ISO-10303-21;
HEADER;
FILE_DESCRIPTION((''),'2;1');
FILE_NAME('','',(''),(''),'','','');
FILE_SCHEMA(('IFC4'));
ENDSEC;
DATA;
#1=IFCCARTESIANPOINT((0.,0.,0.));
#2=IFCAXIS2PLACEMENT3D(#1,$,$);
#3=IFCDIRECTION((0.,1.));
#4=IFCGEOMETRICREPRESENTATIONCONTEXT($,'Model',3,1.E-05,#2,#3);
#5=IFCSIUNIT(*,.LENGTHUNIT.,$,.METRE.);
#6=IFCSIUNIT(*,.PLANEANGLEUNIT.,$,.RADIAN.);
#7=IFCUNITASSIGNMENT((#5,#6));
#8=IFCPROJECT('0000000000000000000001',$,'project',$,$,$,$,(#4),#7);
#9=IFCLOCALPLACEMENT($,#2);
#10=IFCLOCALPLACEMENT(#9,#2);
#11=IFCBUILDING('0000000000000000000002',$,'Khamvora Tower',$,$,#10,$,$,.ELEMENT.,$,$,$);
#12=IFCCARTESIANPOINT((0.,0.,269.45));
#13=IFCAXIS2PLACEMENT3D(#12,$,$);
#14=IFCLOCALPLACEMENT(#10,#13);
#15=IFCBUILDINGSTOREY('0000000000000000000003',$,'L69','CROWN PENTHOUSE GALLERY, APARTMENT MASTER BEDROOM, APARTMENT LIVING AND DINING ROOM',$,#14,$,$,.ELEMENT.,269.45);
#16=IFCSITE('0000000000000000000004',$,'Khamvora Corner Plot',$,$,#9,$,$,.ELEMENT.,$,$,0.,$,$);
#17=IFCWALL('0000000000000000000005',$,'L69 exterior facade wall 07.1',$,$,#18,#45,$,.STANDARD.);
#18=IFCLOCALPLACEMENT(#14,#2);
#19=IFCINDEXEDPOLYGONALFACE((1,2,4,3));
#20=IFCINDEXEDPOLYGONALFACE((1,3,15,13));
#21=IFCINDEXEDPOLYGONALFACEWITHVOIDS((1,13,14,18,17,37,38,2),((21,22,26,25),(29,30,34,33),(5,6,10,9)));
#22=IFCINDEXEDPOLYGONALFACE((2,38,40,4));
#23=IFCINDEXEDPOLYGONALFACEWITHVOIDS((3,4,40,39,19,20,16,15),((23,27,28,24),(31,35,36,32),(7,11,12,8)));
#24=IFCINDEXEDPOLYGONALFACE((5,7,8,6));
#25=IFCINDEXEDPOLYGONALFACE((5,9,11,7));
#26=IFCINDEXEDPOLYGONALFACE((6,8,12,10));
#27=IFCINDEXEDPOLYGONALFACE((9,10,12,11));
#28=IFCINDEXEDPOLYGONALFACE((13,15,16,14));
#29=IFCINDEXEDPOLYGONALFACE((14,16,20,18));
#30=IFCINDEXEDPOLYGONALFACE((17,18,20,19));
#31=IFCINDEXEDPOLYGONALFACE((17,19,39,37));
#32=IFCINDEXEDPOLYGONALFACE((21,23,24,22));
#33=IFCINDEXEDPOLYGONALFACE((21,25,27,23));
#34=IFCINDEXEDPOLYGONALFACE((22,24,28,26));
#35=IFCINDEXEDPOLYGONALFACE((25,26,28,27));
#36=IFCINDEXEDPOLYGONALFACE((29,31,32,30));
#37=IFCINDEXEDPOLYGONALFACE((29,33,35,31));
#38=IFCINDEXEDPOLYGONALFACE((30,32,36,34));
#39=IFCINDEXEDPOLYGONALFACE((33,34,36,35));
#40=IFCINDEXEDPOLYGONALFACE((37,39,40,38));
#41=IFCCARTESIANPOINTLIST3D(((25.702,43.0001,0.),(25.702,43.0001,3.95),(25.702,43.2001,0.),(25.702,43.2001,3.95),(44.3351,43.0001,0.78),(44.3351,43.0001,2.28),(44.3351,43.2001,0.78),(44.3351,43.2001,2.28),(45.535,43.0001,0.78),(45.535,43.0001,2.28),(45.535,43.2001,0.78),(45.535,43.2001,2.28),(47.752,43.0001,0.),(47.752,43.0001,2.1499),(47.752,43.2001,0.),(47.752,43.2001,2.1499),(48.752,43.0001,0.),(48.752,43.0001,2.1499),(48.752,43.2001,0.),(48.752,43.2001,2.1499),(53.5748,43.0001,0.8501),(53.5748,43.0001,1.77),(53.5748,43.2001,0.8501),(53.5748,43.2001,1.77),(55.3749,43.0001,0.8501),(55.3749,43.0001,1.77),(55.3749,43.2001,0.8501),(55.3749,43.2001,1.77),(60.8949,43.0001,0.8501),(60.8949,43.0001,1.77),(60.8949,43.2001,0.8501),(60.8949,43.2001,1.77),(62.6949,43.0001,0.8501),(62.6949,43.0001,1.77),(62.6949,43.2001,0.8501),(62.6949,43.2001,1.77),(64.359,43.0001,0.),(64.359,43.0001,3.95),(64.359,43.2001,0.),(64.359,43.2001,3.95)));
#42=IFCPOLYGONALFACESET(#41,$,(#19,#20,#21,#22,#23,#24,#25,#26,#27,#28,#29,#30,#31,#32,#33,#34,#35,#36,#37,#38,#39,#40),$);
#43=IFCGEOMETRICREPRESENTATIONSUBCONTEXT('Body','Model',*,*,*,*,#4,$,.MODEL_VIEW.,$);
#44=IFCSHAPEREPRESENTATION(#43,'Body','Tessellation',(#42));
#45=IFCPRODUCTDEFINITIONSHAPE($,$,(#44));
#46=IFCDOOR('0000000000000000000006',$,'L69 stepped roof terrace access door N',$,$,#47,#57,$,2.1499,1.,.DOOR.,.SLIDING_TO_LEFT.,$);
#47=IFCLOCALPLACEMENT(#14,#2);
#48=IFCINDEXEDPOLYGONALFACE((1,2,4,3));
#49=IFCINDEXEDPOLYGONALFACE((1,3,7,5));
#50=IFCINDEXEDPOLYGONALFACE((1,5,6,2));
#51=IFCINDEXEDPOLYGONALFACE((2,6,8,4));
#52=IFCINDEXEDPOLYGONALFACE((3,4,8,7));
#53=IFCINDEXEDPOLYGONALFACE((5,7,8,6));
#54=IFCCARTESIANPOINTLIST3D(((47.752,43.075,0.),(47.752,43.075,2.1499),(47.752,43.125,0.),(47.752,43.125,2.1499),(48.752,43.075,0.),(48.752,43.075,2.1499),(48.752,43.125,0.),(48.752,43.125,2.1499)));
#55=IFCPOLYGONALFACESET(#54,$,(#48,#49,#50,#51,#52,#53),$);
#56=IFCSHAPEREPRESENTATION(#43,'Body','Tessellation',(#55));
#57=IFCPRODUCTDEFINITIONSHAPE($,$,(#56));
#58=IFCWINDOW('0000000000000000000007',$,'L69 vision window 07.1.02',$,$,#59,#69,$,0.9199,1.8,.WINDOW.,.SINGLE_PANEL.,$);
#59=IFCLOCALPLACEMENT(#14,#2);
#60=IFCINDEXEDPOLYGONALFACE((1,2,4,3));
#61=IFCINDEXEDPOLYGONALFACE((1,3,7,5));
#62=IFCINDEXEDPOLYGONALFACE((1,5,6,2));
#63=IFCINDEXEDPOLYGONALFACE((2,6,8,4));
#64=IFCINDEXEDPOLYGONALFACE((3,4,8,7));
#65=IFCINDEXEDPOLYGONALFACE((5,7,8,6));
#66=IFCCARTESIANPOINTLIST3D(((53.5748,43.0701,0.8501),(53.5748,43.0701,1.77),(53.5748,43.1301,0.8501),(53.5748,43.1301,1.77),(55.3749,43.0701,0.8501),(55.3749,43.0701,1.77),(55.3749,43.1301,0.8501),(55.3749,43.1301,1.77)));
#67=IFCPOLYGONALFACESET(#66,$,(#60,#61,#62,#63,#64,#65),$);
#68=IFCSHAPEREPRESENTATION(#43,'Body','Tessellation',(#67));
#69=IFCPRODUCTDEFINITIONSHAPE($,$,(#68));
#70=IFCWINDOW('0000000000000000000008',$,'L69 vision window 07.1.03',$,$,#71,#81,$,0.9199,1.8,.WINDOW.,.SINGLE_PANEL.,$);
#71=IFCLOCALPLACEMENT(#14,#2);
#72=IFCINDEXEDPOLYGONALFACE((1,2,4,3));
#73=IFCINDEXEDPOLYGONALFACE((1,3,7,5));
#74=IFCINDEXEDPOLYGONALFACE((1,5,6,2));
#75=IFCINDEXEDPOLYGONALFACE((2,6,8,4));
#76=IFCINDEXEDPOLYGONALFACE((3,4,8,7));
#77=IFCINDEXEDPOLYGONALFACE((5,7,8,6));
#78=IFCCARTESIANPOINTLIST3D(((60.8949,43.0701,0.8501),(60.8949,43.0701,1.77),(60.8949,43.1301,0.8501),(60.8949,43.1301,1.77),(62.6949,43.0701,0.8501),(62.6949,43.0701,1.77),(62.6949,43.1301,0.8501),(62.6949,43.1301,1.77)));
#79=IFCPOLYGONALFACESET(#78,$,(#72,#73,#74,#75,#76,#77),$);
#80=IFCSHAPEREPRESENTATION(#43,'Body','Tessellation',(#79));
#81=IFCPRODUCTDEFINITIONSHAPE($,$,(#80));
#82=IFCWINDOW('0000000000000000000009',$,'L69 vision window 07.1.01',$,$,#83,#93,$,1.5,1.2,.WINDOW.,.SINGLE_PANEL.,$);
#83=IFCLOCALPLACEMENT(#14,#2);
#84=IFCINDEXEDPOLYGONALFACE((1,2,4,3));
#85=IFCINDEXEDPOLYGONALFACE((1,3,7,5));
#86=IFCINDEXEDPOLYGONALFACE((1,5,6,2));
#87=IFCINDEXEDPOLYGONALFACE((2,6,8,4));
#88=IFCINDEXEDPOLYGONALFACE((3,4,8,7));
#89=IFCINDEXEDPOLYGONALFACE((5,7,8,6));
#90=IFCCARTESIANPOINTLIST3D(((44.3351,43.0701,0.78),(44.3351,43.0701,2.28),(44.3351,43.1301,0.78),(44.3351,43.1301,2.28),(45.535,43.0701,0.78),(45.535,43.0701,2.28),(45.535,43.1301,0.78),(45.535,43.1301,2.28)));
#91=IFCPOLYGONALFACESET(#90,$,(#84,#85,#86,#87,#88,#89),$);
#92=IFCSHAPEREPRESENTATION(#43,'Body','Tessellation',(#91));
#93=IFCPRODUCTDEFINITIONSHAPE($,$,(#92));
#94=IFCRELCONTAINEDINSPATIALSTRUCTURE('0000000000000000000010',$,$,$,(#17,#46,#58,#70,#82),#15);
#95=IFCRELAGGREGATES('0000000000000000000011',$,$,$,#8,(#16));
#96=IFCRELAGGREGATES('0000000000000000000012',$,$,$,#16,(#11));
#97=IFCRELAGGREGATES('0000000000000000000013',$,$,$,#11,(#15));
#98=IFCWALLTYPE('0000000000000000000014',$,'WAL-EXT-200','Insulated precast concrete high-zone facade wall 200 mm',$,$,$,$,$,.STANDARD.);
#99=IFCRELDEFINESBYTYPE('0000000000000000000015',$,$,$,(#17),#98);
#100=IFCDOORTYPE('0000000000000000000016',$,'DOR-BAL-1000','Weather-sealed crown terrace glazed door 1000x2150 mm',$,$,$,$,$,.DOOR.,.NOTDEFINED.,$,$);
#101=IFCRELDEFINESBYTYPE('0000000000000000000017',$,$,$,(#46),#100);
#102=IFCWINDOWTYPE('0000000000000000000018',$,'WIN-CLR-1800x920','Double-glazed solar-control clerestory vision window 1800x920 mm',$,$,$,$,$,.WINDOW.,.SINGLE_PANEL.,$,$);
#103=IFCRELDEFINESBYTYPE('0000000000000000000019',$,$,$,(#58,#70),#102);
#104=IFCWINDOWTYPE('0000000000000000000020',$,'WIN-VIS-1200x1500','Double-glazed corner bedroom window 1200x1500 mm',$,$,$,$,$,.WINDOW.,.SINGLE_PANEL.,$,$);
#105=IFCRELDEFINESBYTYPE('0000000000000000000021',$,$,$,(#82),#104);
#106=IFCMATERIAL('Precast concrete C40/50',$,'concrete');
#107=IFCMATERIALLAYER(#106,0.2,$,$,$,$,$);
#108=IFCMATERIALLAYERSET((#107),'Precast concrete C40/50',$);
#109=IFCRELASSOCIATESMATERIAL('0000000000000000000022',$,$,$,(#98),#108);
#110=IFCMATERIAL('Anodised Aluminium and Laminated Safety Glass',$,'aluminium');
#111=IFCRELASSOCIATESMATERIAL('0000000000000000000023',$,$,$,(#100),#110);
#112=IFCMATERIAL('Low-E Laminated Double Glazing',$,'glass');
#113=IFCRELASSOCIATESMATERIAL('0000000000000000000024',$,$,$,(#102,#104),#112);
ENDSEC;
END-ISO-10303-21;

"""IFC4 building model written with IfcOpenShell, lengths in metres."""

from ifc_helpers import new_model, si_unit, direction, frame, frame_2d, origin, place, context, subcontext, project, spatial, rectangle, extrude, material, layer, layer_set, type_object, element, fill, save


model = new_model("IFC4")

# Units and contexts
model_context = context("Model", 3, precision=1e-05, world=origin(), true_north=direction((0.0, 1.0)))
body_context = subcontext(model_context, "Body", "Model", "MODEL_VIEW")
ifc_project = project(units=[si_unit("LENGTHUNIT", "METRE"), si_unit("PLANEANGLEUNIT", "RADIAN")], contexts=[model_context])

# Site, building, storey
site_placement = place(None, origin())
site = spatial("IfcSite", under=ifc_project, at=site_placement, Name="Khamvora Corner Plot", CompositionType="ELEMENT", RefElevation=0.0)
building_placement = place(site_placement, origin())
building = spatial("IfcBuilding", under=site, at=building_placement, Name="Khamvora Tower", CompositionType="ELEMENT")
storey_placement = place(building_placement, frame((0.0, 0.0, 269.45)))
storey = spatial("IfcBuildingStorey", under=building, at=storey_placement, Name="L69", Description="CROWN PENTHOUSE GALLERY, APARTMENT MASTER BEDROOM, APARTMENT LIVING AND DINING ROOM", CompositionType="ELEMENT", Elevation=269.45)

# Shared definitions
ifc_material_1 = material(Name="Precast concrete C40/50", Category="concrete")
ifc_layer_1 = layer(ifc_material_1, 0.2)
ifc_layer_set_1 = layer_set([ifc_layer_1], Name="Precast concrete C40/50")
wall_type = type_object("IfcWallType", Name="WAL-EXT-200", Description="Insulated precast concrete high-zone facade wall 200 mm", PredefinedType="STANDARD", material=ifc_layer_set_1)

# Wall, openings, door, windows
wall_1_placement = place(storey_placement, frame((25.7019, 43.1001, 0.0), z_axis=(0.0, 0.0, 1.0), x_axis=(1.0, 0.0, 0.0)))
wall_1 = element("IfcWall", 1, at=wall_1_placement, inside=storey, type_object=wall_type, Name="L69 exterior facade wall 07.1", PredefinedType="STANDARD", context=body_context, shape_type="SweptSolid", body=[
    extrude(rectangle(XDim=38.657, YDim=0.2, at=frame_2d((19.3286, 0.0))), origin(), (0.0, 0.0, 1.0), 3.95),
])
opening_1_placement = place(wall_1_placement, frame((22.05, 0.0, 0.0)))
opening_1 = element("IfcOpeningElement", 2, at=opening_1_placement, cuts=wall_1, PredefinedType="OPENING", context=body_context, shape_type="SweptSolid", body=[
    extrude(rectangle(XDim=1.0, YDim=2.1499, at=frame_2d((0.5, 1.075))), frame((0.0, 0.1099, 0.0), z_axis=(0.0, -1.0, 0.0), x_axis=(1.0, 0.0, 0.0)), (0.0, 0.0, 1.0), 0.22),
])
opening_2_placement = place(wall_1_placement, frame((18.6331, 0.0, 0.78)))
opening_2 = element("IfcOpeningElement", 3, at=opening_2_placement, cuts=wall_1, PredefinedType="OPENING", context=body_context, shape_type="SweptSolid", body=[
    extrude(rectangle(XDim=1.2, YDim=1.5, at=frame_2d((0.6001, 0.75))), frame((0.0, 0.1099, 0.0), z_axis=(0.0, -1.0, 0.0), x_axis=(1.0, 0.0, 0.0)), (0.0, 0.0, 1.0), 0.22),
])
opening_3_placement = place(wall_1_placement, frame((27.873, 0.0, 0.8501)))
opening_3 = element("IfcOpeningElement", 4, at=opening_3_placement, cuts=wall_1, PredefinedType="OPENING", context=body_context, shape_type="SweptSolid", body=[
    extrude(rectangle(XDim=1.8, YDim=0.9199, at=frame_2d((0.8999, 0.46))), frame((0.0, 0.1099, 0.0), z_axis=(0.0, -1.0, 0.0), x_axis=(1.0, 0.0, 0.0)), (0.0, 0.0, 1.0), 0.22),
])
opening_4_placement = place(wall_1_placement, frame((35.1931, 0.0, 0.8501)))
opening_4 = element("IfcOpeningElement", 5, at=opening_4_placement, cuts=wall_1, PredefinedType="OPENING", context=body_context, shape_type="SweptSolid", body=[
    extrude(rectangle(XDim=1.8, YDim=0.9199, at=frame_2d((0.8999, 0.46))), frame((0.0, 0.1099, 0.0), z_axis=(0.0, -1.0, 0.0), x_axis=(1.0, 0.0, 0.0)), (0.0, 0.0, 1.0), 0.22),
])
ifc_material_2 = material(Name="Anodised Aluminium and Laminated Safety Glass", Category="aluminium")
door_type = type_object("IfcDoorType", Name="DOR-BAL-1000", Description="Weather-sealed crown terrace glazed door 1000x2150 mm", OperationType="NOTDEFINED", PredefinedType="DOOR", material=ifc_material_2)
door_placement = place(opening_1_placement, origin())
door = element("IfcDoor", 6, at=door_placement, inside=storey, type_object=door_type, Name="L69 stepped roof terrace access door N", OperationType="SLIDING_TO_LEFT", OverallHeight=2.1499, OverallWidth=1.0, PredefinedType="DOOR", context=body_context, shape_type="SweptSolid", body=[
    extrude(rectangle(XDim=1.0, YDim=2.1499, at=frame_2d((0.5, 1.075))), frame((0.0, 0.0249, 0.0), z_axis=(0.0, -1.0, 0.0), x_axis=(1.0, 0.0, 0.0)), (0.0, 0.0, 1.0), 0.05),
])
fill(opening_1, door)
ifc_material_3 = material(Name="Low-E Laminated Double Glazing", Category="glass")
window_type_1 = type_object("IfcWindowType", Name="WIN-CLR-1800x920", Description="Double-glazed solar-control clerestory vision window 1800x920 mm", PartitioningType="SINGLE_PANEL", PredefinedType="WINDOW", material=ifc_material_3)
window_1_placement = place(opening_3_placement, origin())
window_1 = element("IfcWindow", 7, at=window_1_placement, inside=storey, type_object=window_type_1, Name="L69 vision window 07.1.02", OverallHeight=0.9199, OverallWidth=1.8, PartitioningType="SINGLE_PANEL", PredefinedType="WINDOW", context=body_context, shape_type="SweptSolid", body=[
    extrude(rectangle(XDim=1.8, YDim=0.9199, at=frame_2d((0.8999, 0.46))), frame((0.0, 0.03, 0.0), z_axis=(0.0, -1.0, 0.0), x_axis=(1.0, 0.0, 0.0)), (0.0, 0.0, 1.0), 0.0601),
])
fill(opening_3, window_1)
window_2_placement = place(opening_4_placement, origin())
window_2 = element("IfcWindow", 8, at=window_2_placement, inside=storey, type_object=window_type_1, Name="L69 vision window 07.1.03", OverallHeight=0.9199, OverallWidth=1.8, PartitioningType="SINGLE_PANEL", PredefinedType="WINDOW", context=body_context, shape_type="SweptSolid", body=[
    extrude(rectangle(XDim=1.8, YDim=0.9199, at=frame_2d((0.8999, 0.46))), frame((0.0, 0.03, 0.0), z_axis=(0.0, -1.0, 0.0), x_axis=(1.0, 0.0, 0.0)), (0.0, 0.0, 1.0), 0.0601),
])
fill(opening_4, window_2)
window_type_2 = type_object("IfcWindowType", Name="WIN-VIS-1200x1500", Description="Double-glazed corner bedroom window 1200x1500 mm", PartitioningType="SINGLE_PANEL", PredefinedType="WINDOW", material=ifc_material_3)
window_3_placement = place(opening_2_placement, origin())
window_3 = element("IfcWindow", 9, at=window_3_placement, inside=storey, type_object=window_type_2, Name="L69 vision window 07.1.01", OverallHeight=1.5, OverallWidth=1.2, PartitioningType="SINGLE_PANEL", PredefinedType="WINDOW", context=body_context, shape_type="SweptSolid", body=[
    extrude(rectangle(XDim=1.2, YDim=1.5, at=frame_2d((0.6001, 0.75))), frame((0.0, 0.03, 0.0), z_axis=(0.0, -1.0, 0.0), x_axis=(1.0, 0.0, 0.0)), (0.0, 0.0, 1.0), 0.0601),
])
fill(opening_2, window_3)

save(model, "model.ifc")
